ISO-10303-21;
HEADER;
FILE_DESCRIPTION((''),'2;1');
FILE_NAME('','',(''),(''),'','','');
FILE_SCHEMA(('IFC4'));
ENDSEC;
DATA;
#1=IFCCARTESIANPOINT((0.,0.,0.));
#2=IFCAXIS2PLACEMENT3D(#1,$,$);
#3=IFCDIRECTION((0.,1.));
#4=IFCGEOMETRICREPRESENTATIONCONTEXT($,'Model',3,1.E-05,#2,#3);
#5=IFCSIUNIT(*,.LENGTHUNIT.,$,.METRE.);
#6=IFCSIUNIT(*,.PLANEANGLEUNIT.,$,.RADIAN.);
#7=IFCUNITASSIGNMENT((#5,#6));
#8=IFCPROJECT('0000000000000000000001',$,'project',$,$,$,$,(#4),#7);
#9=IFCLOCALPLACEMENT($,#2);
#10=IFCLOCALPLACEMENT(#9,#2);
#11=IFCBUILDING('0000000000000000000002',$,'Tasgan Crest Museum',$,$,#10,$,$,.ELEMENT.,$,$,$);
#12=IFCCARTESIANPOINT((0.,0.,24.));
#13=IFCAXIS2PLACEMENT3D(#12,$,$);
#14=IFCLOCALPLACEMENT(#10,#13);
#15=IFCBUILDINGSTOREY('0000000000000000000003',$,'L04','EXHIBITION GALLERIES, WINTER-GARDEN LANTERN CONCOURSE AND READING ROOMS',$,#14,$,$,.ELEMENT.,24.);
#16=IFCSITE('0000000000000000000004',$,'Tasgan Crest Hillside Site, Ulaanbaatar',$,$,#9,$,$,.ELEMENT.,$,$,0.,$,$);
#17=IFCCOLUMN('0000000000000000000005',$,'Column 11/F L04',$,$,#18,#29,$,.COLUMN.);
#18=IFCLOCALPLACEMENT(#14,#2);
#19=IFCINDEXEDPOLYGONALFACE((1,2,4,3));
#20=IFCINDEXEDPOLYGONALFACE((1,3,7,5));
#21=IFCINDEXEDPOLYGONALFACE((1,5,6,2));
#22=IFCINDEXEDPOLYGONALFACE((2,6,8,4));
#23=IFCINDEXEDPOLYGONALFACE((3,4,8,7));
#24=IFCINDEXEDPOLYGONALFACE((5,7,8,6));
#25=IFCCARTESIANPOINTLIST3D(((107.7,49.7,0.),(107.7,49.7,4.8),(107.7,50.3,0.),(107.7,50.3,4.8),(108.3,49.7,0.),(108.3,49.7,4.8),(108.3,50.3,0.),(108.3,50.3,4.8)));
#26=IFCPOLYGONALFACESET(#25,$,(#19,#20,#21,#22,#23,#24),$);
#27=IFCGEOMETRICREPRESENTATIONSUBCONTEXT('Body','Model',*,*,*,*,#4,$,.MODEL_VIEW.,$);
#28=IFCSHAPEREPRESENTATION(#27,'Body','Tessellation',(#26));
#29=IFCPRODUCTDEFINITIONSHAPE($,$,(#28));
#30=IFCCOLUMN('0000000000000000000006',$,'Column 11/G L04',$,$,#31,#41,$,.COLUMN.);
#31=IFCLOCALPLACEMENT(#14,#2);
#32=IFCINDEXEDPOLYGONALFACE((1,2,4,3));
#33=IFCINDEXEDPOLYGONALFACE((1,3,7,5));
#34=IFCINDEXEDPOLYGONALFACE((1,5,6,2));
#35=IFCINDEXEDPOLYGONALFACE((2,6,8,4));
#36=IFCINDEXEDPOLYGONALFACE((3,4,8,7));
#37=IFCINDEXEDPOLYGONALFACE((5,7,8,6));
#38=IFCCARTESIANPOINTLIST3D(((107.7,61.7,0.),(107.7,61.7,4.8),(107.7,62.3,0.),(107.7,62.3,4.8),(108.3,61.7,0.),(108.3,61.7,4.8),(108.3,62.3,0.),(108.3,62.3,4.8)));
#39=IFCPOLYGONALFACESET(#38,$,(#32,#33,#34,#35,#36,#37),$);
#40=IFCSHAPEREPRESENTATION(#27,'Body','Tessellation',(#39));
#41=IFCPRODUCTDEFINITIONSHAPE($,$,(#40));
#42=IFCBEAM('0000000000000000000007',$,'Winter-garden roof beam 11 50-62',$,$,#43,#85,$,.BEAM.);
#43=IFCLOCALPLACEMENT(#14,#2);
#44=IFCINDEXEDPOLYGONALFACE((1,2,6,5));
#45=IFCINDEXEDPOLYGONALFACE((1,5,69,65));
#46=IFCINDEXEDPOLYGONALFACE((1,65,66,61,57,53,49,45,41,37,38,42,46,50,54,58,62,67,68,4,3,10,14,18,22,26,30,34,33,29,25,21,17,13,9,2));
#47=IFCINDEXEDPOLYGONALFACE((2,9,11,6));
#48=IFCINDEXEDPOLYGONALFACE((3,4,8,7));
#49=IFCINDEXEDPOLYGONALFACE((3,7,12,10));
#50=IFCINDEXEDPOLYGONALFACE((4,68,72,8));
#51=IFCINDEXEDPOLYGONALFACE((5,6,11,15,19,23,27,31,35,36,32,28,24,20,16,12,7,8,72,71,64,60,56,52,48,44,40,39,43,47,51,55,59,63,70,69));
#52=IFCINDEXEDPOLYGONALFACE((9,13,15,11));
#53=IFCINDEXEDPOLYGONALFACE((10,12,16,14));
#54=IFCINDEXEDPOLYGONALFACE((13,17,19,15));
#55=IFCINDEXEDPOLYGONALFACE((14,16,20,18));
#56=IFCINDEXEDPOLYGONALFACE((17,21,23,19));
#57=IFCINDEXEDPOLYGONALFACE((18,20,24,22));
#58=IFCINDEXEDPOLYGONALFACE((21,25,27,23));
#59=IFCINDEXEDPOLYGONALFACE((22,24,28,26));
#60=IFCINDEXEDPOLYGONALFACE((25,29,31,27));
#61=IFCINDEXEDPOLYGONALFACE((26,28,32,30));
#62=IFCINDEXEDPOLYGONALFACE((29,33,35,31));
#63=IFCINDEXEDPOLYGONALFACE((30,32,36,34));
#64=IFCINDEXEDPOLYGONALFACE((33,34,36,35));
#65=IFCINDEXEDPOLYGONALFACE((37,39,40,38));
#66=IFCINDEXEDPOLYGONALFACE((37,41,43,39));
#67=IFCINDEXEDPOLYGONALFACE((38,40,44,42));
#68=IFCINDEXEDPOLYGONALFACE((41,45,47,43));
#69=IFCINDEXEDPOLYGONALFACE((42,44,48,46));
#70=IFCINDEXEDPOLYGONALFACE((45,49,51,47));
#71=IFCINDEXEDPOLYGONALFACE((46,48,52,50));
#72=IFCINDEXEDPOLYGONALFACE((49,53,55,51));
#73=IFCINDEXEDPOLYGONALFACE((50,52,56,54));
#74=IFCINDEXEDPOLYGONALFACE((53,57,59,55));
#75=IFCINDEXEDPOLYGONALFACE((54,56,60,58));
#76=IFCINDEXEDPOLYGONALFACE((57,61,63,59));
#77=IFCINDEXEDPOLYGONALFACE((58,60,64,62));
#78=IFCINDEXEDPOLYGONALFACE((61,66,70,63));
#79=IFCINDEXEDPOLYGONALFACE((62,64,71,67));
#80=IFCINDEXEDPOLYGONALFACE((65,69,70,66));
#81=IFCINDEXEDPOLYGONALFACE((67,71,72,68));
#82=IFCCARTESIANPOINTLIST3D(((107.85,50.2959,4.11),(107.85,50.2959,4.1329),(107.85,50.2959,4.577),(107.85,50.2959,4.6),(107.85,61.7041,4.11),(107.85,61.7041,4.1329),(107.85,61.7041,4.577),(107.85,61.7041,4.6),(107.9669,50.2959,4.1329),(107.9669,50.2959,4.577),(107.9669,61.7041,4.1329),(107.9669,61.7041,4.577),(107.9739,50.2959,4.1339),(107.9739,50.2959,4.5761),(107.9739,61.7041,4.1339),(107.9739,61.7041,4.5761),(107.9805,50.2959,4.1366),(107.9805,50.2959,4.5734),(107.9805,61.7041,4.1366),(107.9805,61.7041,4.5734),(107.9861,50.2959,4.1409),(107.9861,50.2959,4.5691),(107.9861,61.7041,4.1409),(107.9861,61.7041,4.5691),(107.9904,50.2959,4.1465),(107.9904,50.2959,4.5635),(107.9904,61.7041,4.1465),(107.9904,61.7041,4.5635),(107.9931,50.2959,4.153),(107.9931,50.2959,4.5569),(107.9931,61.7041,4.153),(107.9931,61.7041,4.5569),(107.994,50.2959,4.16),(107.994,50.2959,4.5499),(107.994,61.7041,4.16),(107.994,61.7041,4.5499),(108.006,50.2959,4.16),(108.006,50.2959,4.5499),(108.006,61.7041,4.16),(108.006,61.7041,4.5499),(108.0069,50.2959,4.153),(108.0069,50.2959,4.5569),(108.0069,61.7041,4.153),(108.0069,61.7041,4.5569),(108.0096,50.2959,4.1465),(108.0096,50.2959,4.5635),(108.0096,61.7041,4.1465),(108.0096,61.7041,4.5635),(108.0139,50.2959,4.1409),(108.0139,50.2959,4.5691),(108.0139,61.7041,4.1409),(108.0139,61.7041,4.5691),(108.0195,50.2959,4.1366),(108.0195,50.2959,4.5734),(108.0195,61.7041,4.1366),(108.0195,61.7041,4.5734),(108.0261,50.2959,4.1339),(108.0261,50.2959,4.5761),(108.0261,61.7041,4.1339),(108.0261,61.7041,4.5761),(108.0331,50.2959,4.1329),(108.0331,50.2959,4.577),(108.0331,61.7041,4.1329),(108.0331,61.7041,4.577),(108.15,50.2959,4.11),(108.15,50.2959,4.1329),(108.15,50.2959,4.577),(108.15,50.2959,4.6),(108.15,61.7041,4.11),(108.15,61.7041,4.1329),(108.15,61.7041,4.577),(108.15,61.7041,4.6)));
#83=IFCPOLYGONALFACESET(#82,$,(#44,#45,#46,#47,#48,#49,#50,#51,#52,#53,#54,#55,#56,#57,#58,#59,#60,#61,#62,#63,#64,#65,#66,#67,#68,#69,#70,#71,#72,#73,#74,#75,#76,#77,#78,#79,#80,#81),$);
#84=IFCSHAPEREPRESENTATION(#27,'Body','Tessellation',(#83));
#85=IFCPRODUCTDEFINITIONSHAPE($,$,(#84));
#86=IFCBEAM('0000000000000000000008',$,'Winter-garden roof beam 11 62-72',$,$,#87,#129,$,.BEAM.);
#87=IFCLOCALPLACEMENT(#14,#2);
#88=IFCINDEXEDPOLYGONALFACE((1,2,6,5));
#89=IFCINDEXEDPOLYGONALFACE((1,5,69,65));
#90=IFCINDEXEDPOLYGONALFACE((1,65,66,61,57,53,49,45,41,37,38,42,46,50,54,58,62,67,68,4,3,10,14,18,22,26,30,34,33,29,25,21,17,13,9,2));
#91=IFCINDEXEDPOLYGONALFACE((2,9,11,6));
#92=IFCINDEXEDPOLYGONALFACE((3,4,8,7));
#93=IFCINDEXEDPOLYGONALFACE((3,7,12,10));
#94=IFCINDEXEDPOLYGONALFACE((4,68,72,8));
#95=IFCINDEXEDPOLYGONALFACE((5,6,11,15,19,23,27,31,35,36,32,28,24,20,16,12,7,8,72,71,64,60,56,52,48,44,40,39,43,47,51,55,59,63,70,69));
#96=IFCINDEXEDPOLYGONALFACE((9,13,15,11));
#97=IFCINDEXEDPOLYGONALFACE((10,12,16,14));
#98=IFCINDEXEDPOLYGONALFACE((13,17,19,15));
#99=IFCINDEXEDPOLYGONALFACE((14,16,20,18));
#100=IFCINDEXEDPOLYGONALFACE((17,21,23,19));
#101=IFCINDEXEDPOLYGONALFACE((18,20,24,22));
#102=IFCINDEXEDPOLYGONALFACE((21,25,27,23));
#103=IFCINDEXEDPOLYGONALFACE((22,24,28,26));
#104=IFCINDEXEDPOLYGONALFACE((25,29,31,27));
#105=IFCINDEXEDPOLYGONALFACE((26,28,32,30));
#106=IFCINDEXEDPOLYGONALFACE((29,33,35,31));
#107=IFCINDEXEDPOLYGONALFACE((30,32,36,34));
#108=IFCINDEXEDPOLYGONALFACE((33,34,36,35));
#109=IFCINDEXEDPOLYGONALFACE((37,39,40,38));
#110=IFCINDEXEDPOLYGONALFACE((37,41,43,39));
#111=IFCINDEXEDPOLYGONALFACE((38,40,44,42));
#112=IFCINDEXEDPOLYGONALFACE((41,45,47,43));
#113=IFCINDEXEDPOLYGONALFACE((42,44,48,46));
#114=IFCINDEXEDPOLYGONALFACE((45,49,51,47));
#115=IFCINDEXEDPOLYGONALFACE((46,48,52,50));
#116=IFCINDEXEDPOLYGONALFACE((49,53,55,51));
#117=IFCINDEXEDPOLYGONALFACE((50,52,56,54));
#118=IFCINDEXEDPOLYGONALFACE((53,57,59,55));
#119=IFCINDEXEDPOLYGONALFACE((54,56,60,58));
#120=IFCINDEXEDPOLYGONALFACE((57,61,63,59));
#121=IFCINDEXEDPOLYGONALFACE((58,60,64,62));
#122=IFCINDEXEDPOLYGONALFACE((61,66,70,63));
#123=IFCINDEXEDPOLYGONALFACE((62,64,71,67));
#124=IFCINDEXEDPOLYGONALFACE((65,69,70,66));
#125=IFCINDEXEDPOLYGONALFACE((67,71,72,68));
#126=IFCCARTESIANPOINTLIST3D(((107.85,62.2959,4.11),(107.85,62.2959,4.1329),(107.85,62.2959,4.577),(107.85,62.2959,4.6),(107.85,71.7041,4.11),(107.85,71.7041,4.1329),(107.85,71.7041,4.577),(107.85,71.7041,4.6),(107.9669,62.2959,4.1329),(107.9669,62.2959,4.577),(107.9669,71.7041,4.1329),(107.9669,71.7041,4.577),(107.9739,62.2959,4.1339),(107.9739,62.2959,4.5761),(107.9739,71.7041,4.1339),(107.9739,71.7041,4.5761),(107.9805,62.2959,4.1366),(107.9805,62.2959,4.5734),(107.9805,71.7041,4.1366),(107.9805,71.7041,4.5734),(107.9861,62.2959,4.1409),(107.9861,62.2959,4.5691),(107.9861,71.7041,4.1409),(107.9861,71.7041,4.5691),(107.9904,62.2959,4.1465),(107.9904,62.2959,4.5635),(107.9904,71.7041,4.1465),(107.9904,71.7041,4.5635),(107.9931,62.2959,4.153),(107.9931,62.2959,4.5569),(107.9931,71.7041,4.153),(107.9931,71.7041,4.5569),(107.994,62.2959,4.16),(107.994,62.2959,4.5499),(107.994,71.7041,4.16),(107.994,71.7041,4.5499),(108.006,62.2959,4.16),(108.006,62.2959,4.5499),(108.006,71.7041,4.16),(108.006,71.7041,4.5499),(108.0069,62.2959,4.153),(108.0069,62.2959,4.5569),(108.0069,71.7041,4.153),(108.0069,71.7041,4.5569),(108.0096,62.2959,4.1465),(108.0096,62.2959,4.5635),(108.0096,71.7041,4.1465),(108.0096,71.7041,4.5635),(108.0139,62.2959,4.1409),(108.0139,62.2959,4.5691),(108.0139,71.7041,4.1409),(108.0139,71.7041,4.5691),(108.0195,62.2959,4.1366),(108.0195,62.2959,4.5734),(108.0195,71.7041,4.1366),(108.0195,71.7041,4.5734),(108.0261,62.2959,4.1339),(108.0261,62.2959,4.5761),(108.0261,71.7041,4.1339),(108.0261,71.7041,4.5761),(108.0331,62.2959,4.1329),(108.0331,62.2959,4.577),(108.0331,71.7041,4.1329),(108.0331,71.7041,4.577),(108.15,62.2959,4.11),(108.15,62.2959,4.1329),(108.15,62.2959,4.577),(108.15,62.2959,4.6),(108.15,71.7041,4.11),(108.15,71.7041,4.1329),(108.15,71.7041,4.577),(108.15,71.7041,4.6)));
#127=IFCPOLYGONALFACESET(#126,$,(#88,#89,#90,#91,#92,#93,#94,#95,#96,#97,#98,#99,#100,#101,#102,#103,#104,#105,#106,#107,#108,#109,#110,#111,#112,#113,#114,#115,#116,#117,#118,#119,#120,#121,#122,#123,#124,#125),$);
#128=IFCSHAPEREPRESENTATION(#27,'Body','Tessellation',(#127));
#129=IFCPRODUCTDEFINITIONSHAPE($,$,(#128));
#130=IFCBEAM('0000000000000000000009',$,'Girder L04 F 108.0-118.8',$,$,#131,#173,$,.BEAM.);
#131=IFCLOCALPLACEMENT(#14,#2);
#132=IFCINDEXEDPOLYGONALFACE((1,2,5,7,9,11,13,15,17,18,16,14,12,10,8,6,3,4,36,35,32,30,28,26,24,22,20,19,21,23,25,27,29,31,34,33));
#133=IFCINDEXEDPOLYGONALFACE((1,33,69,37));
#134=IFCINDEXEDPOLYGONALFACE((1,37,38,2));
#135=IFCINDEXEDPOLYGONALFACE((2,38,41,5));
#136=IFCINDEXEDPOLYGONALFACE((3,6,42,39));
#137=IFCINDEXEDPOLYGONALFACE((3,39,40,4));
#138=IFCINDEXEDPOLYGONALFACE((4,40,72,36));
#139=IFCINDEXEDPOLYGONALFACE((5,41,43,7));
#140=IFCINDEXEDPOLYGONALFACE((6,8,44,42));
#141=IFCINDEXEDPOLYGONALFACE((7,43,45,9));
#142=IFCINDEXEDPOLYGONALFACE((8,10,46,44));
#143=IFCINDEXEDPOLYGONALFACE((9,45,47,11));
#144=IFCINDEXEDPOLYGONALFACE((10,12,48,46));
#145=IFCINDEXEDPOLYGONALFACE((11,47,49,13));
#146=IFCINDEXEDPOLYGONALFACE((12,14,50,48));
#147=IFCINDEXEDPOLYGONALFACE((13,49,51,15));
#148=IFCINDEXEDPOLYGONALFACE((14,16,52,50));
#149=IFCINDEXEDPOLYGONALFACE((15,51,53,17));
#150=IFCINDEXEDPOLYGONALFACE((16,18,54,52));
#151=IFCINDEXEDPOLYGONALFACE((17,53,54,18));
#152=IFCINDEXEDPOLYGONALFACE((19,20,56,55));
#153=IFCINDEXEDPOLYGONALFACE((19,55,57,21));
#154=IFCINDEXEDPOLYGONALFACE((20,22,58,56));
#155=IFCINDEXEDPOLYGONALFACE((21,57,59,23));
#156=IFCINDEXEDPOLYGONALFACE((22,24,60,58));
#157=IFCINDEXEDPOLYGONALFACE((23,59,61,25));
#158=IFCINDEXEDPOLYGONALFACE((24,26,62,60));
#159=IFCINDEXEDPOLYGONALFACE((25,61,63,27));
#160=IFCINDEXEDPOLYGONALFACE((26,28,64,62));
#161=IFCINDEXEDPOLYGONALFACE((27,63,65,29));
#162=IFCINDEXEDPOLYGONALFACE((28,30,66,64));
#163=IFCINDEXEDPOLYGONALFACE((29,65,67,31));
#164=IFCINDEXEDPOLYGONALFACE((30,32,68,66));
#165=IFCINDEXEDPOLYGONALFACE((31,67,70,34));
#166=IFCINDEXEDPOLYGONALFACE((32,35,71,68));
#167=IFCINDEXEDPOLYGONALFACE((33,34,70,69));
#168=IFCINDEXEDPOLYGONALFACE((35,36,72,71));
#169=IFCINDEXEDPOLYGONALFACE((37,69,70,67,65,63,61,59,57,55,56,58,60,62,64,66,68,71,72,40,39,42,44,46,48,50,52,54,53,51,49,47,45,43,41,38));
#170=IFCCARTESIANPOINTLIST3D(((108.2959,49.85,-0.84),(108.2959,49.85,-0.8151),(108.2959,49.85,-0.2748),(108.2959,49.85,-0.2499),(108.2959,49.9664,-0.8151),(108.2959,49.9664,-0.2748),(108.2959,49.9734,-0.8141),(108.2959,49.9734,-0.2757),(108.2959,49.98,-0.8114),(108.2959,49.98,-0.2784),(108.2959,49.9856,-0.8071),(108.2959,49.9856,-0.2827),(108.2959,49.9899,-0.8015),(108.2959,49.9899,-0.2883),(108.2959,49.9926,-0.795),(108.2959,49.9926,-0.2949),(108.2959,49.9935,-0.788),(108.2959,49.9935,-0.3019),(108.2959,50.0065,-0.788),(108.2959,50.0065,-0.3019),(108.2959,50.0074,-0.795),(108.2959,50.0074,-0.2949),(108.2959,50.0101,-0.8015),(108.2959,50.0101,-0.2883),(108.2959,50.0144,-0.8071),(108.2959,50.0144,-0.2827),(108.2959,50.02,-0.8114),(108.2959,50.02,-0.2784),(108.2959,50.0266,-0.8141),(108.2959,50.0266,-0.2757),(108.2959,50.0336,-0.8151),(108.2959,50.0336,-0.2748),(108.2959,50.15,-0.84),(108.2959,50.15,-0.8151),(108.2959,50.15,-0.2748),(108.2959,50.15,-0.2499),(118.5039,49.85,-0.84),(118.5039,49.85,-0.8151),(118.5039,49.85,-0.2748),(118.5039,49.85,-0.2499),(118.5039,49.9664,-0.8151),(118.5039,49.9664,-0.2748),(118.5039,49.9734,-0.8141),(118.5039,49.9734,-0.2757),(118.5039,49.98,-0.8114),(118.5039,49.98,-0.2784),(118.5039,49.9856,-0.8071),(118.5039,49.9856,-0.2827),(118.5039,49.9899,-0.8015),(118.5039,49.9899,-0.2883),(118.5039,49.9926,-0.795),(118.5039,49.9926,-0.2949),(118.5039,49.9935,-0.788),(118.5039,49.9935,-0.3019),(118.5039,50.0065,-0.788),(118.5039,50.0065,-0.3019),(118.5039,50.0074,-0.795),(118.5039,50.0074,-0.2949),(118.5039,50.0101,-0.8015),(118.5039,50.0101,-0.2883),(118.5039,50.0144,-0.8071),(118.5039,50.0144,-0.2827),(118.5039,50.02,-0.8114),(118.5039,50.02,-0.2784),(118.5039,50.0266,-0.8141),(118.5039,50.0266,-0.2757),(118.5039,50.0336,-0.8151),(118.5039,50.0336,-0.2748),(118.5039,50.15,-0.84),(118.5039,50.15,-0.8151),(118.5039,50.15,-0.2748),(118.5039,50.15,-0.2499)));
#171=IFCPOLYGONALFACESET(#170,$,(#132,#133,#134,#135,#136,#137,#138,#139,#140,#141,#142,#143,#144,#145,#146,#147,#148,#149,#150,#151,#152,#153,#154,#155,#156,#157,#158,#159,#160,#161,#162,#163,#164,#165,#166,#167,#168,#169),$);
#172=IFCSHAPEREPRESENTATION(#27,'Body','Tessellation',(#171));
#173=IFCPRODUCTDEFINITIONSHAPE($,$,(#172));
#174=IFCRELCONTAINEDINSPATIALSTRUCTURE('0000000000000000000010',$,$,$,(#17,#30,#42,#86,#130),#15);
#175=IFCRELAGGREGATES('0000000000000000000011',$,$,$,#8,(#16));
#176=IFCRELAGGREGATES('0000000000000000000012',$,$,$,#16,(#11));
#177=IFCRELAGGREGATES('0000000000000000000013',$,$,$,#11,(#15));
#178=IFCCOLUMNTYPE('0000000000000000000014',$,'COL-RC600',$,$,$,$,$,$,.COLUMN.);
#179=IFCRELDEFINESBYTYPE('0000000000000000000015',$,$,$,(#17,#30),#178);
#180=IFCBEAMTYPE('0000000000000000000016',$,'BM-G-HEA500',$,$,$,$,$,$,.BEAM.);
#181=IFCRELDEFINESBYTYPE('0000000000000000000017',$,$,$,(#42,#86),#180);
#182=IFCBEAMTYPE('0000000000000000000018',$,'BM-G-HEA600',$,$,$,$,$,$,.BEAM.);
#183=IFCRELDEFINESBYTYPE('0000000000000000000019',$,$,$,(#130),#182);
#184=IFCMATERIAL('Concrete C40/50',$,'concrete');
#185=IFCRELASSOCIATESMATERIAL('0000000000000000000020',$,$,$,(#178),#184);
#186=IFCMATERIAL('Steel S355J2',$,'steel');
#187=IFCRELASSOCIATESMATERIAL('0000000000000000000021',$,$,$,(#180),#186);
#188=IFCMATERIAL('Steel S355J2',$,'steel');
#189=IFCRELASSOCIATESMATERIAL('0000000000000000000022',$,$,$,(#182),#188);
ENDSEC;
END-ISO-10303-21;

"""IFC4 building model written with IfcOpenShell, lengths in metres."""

from ifc_helpers import new_model, si_unit, direction, frame, origin, origin_2d, place, context, subcontext, project, spatial, rectangle, i_section, extrude, material, material_profile, profile_set, type_object, element, save


model = new_model("IFC4")

# Units and contexts
model_context = context("Model", 3, precision=1e-05, world=origin(), true_north=direction((0.0, 1.0)))
body_context = subcontext(model_context, "Body", "Model", "MODEL_VIEW")
ifc_project = project(units=[si_unit("LENGTHUNIT", "METRE"), si_unit("PLANEANGLEUNIT", "RADIAN")], contexts=[model_context])

# Site, building, storey
site_placement = place(None, origin())
site = spatial("IfcSite", under=ifc_project, at=site_placement, Name="Tasgan Crest Hillside Site, Ulaanbaatar", CompositionType="ELEMENT", RefElevation=0.0)
building_placement = place(site_placement, origin())
building = spatial("IfcBuilding", under=site, at=building_placement, Name="Tasgan Crest Museum", CompositionType="ELEMENT")
storey_placement = place(building_placement, frame((0.0, 0.0, 24.0)))
storey = spatial("IfcBuildingStorey", under=building, at=storey_placement, Name="L04", Description="EXHIBITION GALLERIES, WINTER-GARDEN LANTERN CONCOURSE AND READING ROOMS", CompositionType="ELEMENT", Elevation=24.0)

# Columns
ifc_material_1 = material(Name="Concrete C40/50", Category="concrete")
ifc_material_profile_1 = material_profile(ifc_material_1, rectangle(XDim=0.6001, YDim=0.6001, at=origin_2d()), Name="RC 600x600")
ifc_profile_set_1 = profile_set([ifc_material_profile_1], Name="Concrete C40/50")
column_type = type_object("IfcColumnType", Name="COL-RC600", PredefinedType="COLUMN", material=ifc_profile_set_1)
for number, where, z_axis, x_axis, name in (
    (1, (108.0, 50.0, 0.0), (0.0, 0.0, 1.0), (1.0, 0.0, 0.0), "Column 11/F L04"),
    (2, (108.0, 62.0, 0.0), (0.0, 0.0, 1.0), (1.0, 0.0, 0.0), "Column 11/G L04"),
):
    element("IfcColumn", number, at=place(storey_placement, frame(where, z_axis=z_axis, x_axis=x_axis)), inside=storey, type_object=column_type, Name=name, PredefinedType="COLUMN", context=body_context, shape_type="SweptSolid", body=[
        extrude(rectangle(XDim=0.6001, YDim=0.6001, at=origin_2d()), origin(), (0.0, 0.0, 1.0), 4.8),
    ])

# Beams
ifc_material_2 = material(Name="Steel S355J2", Category="steel")
ifc_material_profile_2 = material_profile(ifc_material_2, i_section(OverallWidth=0.3, OverallDepth=0.49, WebThickness=0.012, FlangeThickness=0.0229, FilletRadius=0.0271, at=origin_2d()), Name="HEA 500")
ifc_profile_set_2 = profile_set([ifc_material_profile_2], Name="Steel S355J2")
beam_type_1 = type_object("IfcBeamType", Name="BM-G-HEA500", PredefinedType="BEAM", material=ifc_profile_set_2)
beam_1_placement = place(storey_placement, frame((108.0, 50.2959, 4.355), z_axis=(0.0, 1.0, 0.0), x_axis=(-1.0, 0.0, 0.0)))
element("IfcBeam", 3, at=beam_1_placement, inside=storey, type_object=beam_type_1, Name="Winter-garden roof beam 11 50-62", PredefinedType="BEAM", context=body_context, shape_type="SweptSolid", body=[
    extrude(i_section(OverallWidth=0.3, OverallDepth=0.49, WebThickness=0.012, FlangeThickness=0.0229, FilletRadius=0.0271, at=origin_2d()), origin(), (0.0, 0.0, 1.0), 11.4082),
])
beam_2_placement = place(storey_placement, frame((108.0, 62.2959, 4.355), z_axis=(0.0, 1.0, 0.0), x_axis=(-1.0, 0.0, 0.0)))
element("IfcBeam", 4, at=beam_2_placement, inside=storey, type_object=beam_type_1, Name="Winter-garden roof beam 11 62-72", PredefinedType="BEAM", context=body_context, shape_type="SweptSolid", body=[
    extrude(i_section(OverallWidth=0.3, OverallDepth=0.49, WebThickness=0.012, FlangeThickness=0.0229, FilletRadius=0.0271, at=origin_2d()), origin(), (0.0, 0.0, 1.0), 9.4082),
])
ifc_material_3 = material(Name="Steel S355J2", Category="steel")
ifc_material_profile_3 = material_profile(ifc_material_3, i_section(OverallWidth=0.3, OverallDepth=0.5901, WebThickness=0.0129, FlangeThickness=0.0249, FilletRadius=0.0271, at=origin_2d()), Name="HEA 600")
ifc_profile_set_3 = profile_set([ifc_material_profile_3], Name="Steel S355J2")
beam_type_2 = type_object("IfcBeamType", Name="BM-G-HEA600", PredefinedType="BEAM", material=ifc_profile_set_3)
for number, where, z_axis, x_axis, name in (
    (5, (108.2959, 50.0, -0.5449), (1.0, 0.0, 0.0), (0.0, 1.0, 0.0), "Girder L04 F 108.0-118.8"),
):
    element("IfcBeam", number, at=place(storey_placement, frame(where, z_axis=z_axis, x_axis=x_axis)), inside=storey, type_object=beam_type_2, Name=name, PredefinedType="BEAM", context=body_context, shape_type="SweptSolid", body=[
        extrude(i_section(OverallWidth=0.3, OverallDepth=0.5901, WebThickness=0.0129, FlangeThickness=0.0249, FilletRadius=0.0271, at=origin_2d()), origin(), (0.0, 0.0, 1.0), 10.208),
    ])

save(model, "model.ifc")
